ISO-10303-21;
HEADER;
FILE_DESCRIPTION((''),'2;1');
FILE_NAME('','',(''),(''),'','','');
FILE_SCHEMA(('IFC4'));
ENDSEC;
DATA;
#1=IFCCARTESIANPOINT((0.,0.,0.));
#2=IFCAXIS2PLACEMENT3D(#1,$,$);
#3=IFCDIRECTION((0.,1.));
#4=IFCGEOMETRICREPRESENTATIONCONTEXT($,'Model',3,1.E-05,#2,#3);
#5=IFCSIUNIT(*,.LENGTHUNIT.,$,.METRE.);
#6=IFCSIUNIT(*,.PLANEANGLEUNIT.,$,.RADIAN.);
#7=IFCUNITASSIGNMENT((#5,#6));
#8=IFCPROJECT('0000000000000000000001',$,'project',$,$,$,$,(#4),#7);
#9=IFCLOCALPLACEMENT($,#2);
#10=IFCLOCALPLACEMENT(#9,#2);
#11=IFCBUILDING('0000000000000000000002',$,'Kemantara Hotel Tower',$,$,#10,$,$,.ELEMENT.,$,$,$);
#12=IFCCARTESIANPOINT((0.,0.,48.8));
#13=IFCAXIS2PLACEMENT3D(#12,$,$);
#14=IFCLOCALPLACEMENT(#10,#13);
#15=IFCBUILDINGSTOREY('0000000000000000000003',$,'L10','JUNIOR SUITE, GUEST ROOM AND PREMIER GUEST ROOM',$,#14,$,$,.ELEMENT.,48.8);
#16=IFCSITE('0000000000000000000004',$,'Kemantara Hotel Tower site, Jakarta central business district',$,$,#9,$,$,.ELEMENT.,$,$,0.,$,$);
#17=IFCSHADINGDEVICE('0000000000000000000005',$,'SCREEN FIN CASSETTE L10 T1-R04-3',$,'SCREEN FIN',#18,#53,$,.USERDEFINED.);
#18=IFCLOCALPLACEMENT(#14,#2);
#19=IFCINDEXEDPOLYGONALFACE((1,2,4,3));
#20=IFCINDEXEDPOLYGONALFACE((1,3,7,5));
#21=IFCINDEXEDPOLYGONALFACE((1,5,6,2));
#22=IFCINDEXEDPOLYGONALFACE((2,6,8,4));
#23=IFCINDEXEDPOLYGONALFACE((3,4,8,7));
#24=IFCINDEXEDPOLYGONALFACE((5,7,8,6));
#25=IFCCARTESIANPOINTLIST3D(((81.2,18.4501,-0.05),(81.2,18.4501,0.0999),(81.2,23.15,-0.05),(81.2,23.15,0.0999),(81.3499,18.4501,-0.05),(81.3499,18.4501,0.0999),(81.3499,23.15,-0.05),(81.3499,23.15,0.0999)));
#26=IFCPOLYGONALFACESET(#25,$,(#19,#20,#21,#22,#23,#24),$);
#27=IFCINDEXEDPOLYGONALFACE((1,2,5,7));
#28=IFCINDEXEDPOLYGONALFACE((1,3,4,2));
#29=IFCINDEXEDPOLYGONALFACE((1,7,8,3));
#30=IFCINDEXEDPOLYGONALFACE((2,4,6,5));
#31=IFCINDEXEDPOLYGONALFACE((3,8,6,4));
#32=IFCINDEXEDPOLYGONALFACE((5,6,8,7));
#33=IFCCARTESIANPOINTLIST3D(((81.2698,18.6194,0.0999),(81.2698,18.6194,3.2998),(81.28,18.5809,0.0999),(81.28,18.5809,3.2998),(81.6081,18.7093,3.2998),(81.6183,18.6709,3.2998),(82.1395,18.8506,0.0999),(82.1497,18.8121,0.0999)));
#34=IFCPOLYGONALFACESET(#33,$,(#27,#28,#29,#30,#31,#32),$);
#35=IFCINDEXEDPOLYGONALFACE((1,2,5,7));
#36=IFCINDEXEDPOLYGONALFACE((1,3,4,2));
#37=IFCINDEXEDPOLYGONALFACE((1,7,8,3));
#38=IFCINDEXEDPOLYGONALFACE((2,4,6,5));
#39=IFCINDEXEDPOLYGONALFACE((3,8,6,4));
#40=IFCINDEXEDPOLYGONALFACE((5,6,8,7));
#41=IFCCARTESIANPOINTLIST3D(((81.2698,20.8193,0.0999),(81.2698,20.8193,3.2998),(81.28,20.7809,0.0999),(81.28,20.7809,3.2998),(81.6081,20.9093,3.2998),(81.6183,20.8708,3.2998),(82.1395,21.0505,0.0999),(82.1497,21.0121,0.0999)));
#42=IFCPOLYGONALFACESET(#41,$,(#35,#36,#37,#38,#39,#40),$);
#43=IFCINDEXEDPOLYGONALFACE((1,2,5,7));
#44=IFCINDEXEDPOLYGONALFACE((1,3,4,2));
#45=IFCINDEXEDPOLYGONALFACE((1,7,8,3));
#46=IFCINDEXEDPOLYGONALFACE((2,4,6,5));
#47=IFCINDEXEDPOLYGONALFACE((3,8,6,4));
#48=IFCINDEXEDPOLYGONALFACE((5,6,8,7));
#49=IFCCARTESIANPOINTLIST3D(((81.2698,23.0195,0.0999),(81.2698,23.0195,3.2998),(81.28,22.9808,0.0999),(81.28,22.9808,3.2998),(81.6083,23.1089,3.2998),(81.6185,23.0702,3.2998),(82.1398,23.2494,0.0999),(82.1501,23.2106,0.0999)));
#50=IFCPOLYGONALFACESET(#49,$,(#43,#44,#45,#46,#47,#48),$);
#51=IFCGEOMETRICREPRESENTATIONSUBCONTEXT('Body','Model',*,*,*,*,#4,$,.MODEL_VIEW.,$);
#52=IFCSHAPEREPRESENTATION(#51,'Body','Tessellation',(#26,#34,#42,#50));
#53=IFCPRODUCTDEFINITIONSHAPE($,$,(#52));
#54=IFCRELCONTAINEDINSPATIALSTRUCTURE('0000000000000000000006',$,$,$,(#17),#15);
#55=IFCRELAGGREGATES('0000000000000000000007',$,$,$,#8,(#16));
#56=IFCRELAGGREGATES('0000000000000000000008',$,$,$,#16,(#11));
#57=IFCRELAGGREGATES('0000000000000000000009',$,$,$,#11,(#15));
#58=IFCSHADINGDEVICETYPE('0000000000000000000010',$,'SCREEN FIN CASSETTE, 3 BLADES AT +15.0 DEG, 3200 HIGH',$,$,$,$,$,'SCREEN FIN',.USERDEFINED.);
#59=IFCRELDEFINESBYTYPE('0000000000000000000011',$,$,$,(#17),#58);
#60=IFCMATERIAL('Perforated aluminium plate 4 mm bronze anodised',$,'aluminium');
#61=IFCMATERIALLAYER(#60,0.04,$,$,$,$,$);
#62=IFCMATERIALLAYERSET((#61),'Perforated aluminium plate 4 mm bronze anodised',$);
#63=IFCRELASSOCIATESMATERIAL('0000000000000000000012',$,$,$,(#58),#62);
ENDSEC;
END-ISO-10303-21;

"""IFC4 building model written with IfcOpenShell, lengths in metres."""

from ifc_helpers import new_model, si_unit, direction, frame, origin, origin_2d, place, context, subcontext, project, spatial, polyline, rectangle, outline, extrude, source, transform, mapped, material, layer, layer_set, type_object, element, save


model = new_model("IFC4")

# Units and contexts
model_context = context("Model", 3, precision=1e-05, world=origin(), true_north=direction((0.0, 1.0)))
body_context = subcontext(model_context, "Body", "Model", "MODEL_VIEW")
ifc_project = project(units=[si_unit("LENGTHUNIT", "METRE"), si_unit("PLANEANGLEUNIT", "RADIAN")], contexts=[model_context])

# Site, building, storey
site_placement = place(None, origin())
site = spatial("IfcSite", under=ifc_project, at=site_placement, Name="Kemantara Hotel Tower site, Jakarta central business district", CompositionType="ELEMENT", RefElevation=0.0)
building_placement = place(site_placement, origin())
building = spatial("IfcBuilding", under=site, at=building_placement, Name="Kemantara Hotel Tower", CompositionType="ELEMENT")
storey_placement = place(building_placement, frame((0.0, 0.0, 48.8)))
storey = spatial("IfcBuildingStorey", under=building, at=storey_placement, Name="L10", Description="JUNIOR SUITE, GUEST ROOM AND PREMIER GUEST ROOM", CompositionType="ELEMENT", Elevation=48.8)

# Shading device
ifc_material_1 = material(Name="Perforated aluminium plate 4 mm bronze anodised", Category="aluminium")
ifc_layer_1 = layer(ifc_material_1, 0.04)
ifc_layer_set_1 = layer_set([ifc_layer_1], Name="Perforated aluminium plate 4 mm bronze anodised")
shading_device_type = type_object("IfcShadingDeviceType", Name="SCREEN FIN CASSETTE, 3 BLADES AT +15.0 DEG, 3200 HIGH", ElementType="SCREEN FIN", PredefinedType="USERDEFINED", material=ifc_layer_set_1)
shared_shape_1 = source(origin(), body_context, "Body", "SweptSolid", [
    extrude(rectangle(XDim=4.7, YDim=0.1499, at=origin_2d()), frame((2.2, -0.075, -0.1499), z_axis=(0.0, 0.0, 1.0), x_axis=(1.0, 0.0, 0.0)), (0.0, 0.0, 1.0), 0.1499),
    extrude(outline(polyline([(0.0, 0.0), (0.8999, 0.0), (0.3501, 3.2), (0.0, 3.2), (0.0, 0.0)])), frame((0.0193, -0.0698, 0.0), z_axis=(-0.966438, -0.256901, 0.0), x_axis=(0.256901, -0.966438, 0.0)), (0.0, 0.0, 1.0), 0.0398),
    extrude(outline(polyline([(0.0, 0.0), (0.8999, 0.0), (0.3501, 3.2), (0.0, 3.2), (0.0, 0.0)])), frame((2.2192, -0.0698, 0.0), z_axis=(-0.966438, -0.256901, 0.0), x_axis=(0.256901, -0.966438, 0.0)), (0.0, 0.0, 1.0), 0.0398),
    extrude(outline(polyline([(0.0, 0.0), (0.8999, 0.0), (0.3501, 3.2), (0.0, 3.2), (0.0, 0.0)])), frame((4.4194, -0.0698, 0.0), z_axis=(-0.966838, -0.255391, 0.0), x_axis=(0.255391, -0.966838, 0.0)), (0.0, 0.0, 1.0), 0.04),
])
shading_device_placement = place(storey_placement, frame((81.2, 18.6001, 0.0999), z_axis=(0.0, 0.0, 1.0), x_axis=(0.0, 1.0, 0.0)))
element("IfcShadingDevice", 1, at=shading_device_placement, inside=storey, type_object=shading_device_type, Name="SCREEN FIN CASSETTE L10 T1-R04-3", ObjectType="SCREEN FIN", PredefinedType="USERDEFINED", context=body_context, shape_type="MappedRepresentation", body=[
    mapped(shared_shape_1, transform((0.0, 0.0, 0.0))),
])

save(model, "model.ifc")
